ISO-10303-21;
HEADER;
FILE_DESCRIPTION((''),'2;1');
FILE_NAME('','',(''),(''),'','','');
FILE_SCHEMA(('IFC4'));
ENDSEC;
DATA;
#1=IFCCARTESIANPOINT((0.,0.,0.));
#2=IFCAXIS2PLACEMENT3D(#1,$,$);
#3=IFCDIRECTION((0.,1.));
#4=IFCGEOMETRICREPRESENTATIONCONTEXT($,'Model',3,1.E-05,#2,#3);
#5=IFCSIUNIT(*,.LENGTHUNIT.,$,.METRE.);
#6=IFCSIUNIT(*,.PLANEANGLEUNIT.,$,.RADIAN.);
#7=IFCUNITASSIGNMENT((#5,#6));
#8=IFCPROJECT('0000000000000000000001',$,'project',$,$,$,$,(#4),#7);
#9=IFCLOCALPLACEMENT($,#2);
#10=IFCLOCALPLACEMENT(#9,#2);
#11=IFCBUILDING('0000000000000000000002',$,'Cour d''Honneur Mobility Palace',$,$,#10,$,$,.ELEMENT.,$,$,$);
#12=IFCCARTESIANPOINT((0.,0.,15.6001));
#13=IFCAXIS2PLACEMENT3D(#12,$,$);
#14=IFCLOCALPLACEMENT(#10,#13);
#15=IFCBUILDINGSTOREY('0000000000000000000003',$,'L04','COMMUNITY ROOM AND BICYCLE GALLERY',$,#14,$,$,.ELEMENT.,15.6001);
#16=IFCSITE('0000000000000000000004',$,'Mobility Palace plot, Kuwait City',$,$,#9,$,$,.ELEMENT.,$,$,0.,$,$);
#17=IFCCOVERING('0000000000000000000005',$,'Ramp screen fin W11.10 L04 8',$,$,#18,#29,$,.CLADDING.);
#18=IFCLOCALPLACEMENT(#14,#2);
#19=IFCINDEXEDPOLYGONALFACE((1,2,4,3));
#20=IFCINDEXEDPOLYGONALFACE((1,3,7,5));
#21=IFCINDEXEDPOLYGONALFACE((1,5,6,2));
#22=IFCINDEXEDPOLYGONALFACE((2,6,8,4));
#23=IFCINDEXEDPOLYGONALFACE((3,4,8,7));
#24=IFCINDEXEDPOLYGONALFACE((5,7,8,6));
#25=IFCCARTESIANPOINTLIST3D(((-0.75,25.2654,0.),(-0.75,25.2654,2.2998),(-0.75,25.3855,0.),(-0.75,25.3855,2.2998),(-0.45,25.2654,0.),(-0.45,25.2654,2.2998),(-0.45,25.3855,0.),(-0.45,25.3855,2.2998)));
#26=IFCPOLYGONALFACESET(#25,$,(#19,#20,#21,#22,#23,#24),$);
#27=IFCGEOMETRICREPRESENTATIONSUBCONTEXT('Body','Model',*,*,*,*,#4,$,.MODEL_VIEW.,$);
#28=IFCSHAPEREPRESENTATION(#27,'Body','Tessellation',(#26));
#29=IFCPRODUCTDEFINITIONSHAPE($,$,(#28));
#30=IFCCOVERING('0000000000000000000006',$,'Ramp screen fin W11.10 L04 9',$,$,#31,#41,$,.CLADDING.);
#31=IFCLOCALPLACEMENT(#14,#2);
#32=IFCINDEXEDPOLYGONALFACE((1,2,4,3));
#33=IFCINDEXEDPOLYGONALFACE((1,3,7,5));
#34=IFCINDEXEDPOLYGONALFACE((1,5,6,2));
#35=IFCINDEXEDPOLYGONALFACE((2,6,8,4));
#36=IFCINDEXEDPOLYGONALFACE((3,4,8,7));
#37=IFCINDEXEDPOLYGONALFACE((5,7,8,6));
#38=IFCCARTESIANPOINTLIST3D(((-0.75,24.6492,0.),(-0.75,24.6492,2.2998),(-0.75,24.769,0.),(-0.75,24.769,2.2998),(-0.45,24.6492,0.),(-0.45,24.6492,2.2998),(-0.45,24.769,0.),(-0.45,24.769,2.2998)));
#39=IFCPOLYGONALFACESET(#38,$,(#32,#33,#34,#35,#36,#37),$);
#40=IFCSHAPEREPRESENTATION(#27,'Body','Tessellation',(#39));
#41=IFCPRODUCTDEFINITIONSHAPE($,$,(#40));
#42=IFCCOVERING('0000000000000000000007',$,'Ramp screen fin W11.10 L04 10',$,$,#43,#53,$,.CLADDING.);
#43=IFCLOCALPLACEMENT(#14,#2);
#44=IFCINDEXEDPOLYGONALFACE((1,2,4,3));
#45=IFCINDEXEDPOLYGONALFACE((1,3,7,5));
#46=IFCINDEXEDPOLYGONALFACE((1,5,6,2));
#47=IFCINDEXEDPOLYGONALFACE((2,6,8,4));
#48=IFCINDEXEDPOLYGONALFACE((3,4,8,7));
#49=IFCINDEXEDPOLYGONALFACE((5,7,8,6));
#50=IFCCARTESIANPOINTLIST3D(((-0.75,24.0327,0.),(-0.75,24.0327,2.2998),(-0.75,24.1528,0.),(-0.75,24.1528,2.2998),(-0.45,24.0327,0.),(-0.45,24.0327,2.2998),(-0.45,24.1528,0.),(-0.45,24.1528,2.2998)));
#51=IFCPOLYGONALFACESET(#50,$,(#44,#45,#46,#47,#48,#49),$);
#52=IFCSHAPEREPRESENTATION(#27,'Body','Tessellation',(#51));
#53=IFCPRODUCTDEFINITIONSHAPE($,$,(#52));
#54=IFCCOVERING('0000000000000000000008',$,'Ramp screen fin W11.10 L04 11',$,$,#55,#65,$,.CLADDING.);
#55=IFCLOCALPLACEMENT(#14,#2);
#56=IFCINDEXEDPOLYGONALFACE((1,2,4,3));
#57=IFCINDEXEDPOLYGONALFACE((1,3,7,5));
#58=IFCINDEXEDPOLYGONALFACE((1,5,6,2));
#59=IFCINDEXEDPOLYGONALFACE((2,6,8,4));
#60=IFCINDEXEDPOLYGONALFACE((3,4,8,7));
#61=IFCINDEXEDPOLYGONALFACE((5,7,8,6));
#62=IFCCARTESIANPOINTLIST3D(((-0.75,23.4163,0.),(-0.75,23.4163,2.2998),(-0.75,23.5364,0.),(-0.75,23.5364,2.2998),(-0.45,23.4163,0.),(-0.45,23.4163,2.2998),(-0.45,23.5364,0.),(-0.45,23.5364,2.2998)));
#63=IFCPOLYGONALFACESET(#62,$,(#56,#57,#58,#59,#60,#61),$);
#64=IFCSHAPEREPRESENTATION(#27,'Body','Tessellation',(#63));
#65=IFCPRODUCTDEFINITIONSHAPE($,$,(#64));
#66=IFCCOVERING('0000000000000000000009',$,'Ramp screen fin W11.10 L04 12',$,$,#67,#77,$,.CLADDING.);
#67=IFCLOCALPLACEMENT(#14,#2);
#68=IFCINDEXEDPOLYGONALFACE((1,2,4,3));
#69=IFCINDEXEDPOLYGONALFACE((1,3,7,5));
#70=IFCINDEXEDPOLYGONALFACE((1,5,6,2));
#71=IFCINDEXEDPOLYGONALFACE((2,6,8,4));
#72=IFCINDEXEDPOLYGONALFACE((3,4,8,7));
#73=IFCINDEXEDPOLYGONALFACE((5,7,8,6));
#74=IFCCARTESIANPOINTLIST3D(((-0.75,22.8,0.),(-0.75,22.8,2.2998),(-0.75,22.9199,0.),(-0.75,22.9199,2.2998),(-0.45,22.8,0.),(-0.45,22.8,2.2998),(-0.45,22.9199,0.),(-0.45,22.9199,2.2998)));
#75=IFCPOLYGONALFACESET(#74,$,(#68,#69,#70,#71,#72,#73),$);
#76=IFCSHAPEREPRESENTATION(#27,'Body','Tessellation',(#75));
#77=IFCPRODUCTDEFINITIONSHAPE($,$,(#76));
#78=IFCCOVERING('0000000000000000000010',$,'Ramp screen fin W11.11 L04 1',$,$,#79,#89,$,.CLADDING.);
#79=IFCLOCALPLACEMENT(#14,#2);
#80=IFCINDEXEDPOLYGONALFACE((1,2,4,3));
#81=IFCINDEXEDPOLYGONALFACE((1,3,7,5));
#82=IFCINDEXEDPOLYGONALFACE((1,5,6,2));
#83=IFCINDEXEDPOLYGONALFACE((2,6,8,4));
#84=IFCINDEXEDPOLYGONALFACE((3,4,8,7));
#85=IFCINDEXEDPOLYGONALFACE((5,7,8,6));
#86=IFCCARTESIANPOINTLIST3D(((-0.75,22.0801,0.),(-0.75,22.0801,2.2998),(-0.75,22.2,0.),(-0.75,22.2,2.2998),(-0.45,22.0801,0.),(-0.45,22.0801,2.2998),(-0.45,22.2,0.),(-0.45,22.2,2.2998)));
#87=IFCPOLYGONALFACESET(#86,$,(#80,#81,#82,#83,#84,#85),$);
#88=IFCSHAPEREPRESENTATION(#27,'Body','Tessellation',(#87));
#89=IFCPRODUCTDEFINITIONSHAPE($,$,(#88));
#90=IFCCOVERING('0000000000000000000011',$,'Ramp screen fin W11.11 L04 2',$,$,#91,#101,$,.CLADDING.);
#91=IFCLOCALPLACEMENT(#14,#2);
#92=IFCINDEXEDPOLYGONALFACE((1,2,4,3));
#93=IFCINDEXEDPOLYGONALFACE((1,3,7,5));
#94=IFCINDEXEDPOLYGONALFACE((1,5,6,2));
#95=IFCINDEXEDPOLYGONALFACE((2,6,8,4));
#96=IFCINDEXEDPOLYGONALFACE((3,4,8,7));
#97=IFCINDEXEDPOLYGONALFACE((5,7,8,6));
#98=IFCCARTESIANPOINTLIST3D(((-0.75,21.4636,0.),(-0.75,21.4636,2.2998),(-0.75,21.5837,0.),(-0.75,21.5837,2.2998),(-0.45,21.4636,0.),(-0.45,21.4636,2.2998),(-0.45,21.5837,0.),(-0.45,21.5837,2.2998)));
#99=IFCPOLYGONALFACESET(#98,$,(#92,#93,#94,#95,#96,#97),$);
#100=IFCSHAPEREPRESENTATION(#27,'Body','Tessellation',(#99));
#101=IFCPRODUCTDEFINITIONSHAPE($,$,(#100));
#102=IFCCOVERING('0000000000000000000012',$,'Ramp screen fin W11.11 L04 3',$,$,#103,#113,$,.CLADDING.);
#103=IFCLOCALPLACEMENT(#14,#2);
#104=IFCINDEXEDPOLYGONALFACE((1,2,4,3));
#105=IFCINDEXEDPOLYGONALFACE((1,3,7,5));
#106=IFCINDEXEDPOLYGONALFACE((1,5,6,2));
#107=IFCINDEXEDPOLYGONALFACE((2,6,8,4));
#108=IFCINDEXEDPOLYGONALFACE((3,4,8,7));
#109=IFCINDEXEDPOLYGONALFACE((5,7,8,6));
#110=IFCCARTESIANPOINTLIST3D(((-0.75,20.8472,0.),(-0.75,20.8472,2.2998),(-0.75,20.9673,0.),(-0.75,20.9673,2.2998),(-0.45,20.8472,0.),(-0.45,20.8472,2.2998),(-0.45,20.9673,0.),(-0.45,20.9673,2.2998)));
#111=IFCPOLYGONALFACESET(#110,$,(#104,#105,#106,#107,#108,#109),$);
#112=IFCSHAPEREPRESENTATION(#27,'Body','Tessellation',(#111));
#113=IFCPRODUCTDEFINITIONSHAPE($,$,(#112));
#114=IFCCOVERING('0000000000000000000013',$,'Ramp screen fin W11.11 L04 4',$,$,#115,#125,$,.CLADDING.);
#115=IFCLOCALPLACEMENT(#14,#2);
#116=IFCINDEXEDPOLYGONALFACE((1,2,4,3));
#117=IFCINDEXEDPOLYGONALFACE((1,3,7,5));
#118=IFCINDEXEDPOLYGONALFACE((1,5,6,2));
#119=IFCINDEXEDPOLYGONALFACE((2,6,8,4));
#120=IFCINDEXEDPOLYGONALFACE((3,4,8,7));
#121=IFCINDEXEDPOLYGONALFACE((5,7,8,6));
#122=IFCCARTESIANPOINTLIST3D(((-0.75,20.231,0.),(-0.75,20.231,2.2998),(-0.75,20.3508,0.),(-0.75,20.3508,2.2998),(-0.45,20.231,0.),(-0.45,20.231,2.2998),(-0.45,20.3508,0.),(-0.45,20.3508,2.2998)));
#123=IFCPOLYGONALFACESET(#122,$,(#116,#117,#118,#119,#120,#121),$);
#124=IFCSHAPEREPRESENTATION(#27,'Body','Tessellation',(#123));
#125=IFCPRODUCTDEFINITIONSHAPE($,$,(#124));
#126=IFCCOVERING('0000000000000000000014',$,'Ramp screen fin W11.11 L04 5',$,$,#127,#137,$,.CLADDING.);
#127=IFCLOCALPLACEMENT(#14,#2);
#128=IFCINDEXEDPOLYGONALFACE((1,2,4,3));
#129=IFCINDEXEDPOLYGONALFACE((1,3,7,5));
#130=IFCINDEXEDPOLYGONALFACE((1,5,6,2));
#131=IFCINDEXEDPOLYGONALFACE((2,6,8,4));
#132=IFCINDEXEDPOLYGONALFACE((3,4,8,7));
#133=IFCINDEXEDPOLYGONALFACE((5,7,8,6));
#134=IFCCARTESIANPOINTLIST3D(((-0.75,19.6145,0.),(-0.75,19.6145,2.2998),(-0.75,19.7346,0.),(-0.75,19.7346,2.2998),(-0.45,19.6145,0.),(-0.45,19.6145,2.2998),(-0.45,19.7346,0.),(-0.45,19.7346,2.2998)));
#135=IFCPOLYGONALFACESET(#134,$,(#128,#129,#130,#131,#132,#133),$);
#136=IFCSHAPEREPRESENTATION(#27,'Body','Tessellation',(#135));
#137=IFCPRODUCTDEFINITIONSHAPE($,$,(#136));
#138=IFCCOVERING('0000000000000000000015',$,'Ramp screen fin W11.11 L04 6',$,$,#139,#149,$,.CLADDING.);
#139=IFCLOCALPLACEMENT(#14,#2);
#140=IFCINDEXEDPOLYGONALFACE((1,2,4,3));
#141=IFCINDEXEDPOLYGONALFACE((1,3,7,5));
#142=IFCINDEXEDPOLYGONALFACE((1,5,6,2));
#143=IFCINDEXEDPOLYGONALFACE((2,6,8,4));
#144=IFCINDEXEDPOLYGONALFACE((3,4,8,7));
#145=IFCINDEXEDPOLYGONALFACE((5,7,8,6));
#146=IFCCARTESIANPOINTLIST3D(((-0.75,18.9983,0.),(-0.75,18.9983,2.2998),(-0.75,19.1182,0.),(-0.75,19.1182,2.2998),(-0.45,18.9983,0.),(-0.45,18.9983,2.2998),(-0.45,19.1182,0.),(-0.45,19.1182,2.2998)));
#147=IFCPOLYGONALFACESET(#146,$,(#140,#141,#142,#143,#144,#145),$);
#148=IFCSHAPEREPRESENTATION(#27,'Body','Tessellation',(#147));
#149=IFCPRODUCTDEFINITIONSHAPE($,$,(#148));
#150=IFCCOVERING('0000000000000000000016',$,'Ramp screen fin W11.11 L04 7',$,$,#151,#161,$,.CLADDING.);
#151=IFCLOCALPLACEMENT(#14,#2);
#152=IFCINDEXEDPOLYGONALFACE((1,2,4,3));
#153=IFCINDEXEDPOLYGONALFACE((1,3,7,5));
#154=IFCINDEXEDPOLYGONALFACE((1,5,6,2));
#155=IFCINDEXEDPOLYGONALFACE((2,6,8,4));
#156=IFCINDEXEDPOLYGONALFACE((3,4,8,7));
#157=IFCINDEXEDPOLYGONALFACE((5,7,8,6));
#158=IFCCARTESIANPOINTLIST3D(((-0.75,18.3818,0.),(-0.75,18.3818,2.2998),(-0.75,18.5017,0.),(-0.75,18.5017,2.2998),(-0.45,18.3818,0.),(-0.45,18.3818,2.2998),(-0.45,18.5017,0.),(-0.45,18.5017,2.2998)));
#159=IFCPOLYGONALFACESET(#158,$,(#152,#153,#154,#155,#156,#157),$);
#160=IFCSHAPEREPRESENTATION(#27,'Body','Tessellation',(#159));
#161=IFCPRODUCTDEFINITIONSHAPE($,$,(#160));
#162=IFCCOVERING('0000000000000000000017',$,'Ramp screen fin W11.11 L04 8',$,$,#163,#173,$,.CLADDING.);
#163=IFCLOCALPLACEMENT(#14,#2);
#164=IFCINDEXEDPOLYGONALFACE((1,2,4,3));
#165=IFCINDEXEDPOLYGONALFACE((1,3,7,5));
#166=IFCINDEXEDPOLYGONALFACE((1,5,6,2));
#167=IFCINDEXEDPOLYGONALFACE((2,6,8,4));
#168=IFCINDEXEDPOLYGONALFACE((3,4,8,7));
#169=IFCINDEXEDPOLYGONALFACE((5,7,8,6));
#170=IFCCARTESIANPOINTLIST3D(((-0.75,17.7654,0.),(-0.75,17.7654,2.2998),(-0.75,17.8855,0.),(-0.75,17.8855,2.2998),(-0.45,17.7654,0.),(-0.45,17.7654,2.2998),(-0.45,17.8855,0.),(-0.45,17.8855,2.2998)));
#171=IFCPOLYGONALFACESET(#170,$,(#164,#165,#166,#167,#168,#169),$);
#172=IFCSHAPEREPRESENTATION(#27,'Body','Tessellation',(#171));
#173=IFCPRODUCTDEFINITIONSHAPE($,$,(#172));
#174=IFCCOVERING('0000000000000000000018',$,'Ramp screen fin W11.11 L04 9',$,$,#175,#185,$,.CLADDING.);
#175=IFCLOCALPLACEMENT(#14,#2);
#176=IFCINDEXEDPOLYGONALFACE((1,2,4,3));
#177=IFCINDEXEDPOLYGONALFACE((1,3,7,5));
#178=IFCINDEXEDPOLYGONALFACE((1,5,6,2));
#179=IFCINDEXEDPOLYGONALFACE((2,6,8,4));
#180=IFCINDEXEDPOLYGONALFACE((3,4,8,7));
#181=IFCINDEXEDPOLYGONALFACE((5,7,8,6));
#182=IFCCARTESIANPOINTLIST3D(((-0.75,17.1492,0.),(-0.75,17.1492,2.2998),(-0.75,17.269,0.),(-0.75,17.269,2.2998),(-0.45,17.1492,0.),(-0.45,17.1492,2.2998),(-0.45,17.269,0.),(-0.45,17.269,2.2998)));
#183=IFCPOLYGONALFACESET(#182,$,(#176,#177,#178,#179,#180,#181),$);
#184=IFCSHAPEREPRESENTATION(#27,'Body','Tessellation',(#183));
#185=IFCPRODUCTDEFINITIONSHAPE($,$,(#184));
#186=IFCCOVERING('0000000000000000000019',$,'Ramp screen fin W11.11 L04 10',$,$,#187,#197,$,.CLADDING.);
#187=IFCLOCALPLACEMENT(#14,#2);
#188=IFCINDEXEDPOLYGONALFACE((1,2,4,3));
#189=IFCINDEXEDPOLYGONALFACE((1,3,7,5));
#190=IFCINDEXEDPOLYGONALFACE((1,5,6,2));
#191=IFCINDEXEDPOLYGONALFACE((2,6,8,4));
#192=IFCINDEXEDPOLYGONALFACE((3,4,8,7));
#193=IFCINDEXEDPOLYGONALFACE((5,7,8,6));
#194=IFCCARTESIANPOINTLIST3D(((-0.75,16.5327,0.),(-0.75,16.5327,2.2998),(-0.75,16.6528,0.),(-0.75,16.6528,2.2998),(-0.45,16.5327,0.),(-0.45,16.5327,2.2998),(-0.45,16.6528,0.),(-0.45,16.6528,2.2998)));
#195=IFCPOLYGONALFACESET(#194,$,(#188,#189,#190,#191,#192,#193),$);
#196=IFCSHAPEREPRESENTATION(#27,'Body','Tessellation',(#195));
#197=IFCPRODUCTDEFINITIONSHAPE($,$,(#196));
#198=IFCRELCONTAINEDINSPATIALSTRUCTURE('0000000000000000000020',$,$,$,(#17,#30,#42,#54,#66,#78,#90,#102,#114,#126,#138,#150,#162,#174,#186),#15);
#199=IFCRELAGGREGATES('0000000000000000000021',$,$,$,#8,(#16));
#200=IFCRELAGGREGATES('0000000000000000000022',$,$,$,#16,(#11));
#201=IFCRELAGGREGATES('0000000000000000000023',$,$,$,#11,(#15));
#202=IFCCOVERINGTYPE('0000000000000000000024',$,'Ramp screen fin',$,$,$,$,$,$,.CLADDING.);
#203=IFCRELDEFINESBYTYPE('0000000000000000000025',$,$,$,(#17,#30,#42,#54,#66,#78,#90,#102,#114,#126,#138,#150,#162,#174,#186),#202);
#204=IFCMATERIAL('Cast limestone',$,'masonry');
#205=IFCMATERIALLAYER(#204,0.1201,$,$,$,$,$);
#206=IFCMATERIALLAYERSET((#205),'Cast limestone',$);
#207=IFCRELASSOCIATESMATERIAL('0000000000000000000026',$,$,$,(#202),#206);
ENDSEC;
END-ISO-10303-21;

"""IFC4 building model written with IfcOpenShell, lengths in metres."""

from ifc_helpers import new_model, si_unit, direction, frame, origin, place, context, subcontext, project, spatial, polyline, outline, extrude, material, layer, layer_set, type_object, element, save


model = new_model("IFC4")

# Units and contexts
model_context = context("Model", 3, precision=1e-05, world=origin(), true_north=direction((0.0, 1.0)))
body_context = subcontext(model_context, "Body", "Model", "MODEL_VIEW")
ifc_project = project(units=[si_unit("LENGTHUNIT", "METRE"), si_unit("PLANEANGLEUNIT", "RADIAN")], contexts=[model_context])

# Site, building, storey
site_placement = place(None, origin())
site = spatial("IfcSite", under=ifc_project, at=site_placement, Name="Mobility Palace plot, Kuwait City", CompositionType="ELEMENT", RefElevation=0.0)
building_placement = place(site_placement, origin())
building = spatial("IfcBuilding", under=site, at=building_placement, Name="Cour d'Honneur Mobility Palace", CompositionType="ELEMENT")
storey_placement = place(building_placement, frame((0.0, 0.0, 15.6001)))
storey = spatial("IfcBuildingStorey", under=building, at=storey_placement, Name="L04", Description="COMMUNITY ROOM AND BICYCLE GALLERY", CompositionType="ELEMENT", Elevation=15.6001)

# Coverings
ifc_material = material(Name="Cast limestone", Category="masonry")
ifc_layer = layer(ifc_material, 0.1201)
ifc_layer_set = layer_set([ifc_layer], Name="Cast limestone")
covering_type = type_object("IfcCoveringType", Name="Ramp screen fin", PredefinedType="CLADDING", material=ifc_layer_set)
covering_1_placement = place(storey_placement, origin())
element("IfcCovering", 1, at=covering_1_placement, inside=storey, type_object=covering_type, Name="Ramp screen fin W11.10 L04 8", PredefinedType="CLADDING", context=body_context, shape_type="SweptSolid", body=[
    extrude(outline(polyline([(-0.45, 25.3855), (-0.45, 25.2654), (-0.75, 25.2654), (-0.75, 25.3855), (-0.45, 25.3855)])), origin(), (0.0, 0.0, 1.0), 2.2998),
])
covering_2_placement = place(storey_placement, origin())
element("IfcCovering", 2, at=covering_2_placement, inside=storey, type_object=covering_type, Name="Ramp screen fin W11.10 L04 9", PredefinedType="CLADDING", context=body_context, shape_type="SweptSolid", body=[
    extrude(outline(polyline([(-0.45, 24.769), (-0.45, 24.6492), (-0.75, 24.6492), (-0.75, 24.769), (-0.45, 24.769)])), origin(), (0.0, 0.0, 1.0), 2.2998),
])
covering_3_placement = place(storey_placement, origin())
element("IfcCovering", 3, at=covering_3_placement, inside=storey, type_object=covering_type, Name="Ramp screen fin W11.10 L04 10", PredefinedType="CLADDING", context=body_context, shape_type="SweptSolid", body=[
    extrude(outline(polyline([(-0.45, 24.1528), (-0.45, 24.0327), (-0.75, 24.0327), (-0.75, 24.1528), (-0.45, 24.1528)])), origin(), (0.0, 0.0, 1.0), 2.2998),
])
covering_4_placement = place(storey_placement, origin())
element("IfcCovering", 4, at=covering_4_placement, inside=storey, type_object=covering_type, Name="Ramp screen fin W11.10 L04 11", PredefinedType="CLADDING", context=body_context, shape_type="SweptSolid", body=[
    extrude(outline(polyline([(-0.45, 23.5364), (-0.45, 23.4163), (-0.75, 23.4163), (-0.75, 23.5364), (-0.45, 23.5364)])), origin(), (0.0, 0.0, 1.0), 2.2998),
])
covering_5_placement = place(storey_placement, origin())
element("IfcCovering", 5, at=covering_5_placement, inside=storey, type_object=covering_type, Name="Ramp screen fin W11.10 L04 12", PredefinedType="CLADDING", context=body_context, shape_type="SweptSolid", body=[
    extrude(outline(polyline([(-0.45, 22.9199), (-0.45, 22.8), (-0.75, 22.8), (-0.75, 22.9199), (-0.45, 22.9199)])), origin(), (0.0, 0.0, 1.0), 2.2998),
])
covering_6_placement = place(storey_placement, origin())
element("IfcCovering", 6, at=covering_6_placement, inside=storey, type_object=covering_type, Name="Ramp screen fin W11.11 L04 1", PredefinedType="CLADDING", context=body_context, shape_type="SweptSolid", body=[
    extrude(outline(polyline([(-0.45, 22.2), (-0.45, 22.0801), (-0.75, 22.0801), (-0.75, 22.2), (-0.45, 22.2)])), origin(), (0.0, 0.0, 1.0), 2.2998),
])
covering_7_placement = place(storey_placement, origin())
element("IfcCovering", 7, at=covering_7_placement, inside=storey, type_object=covering_type, Name="Ramp screen fin W11.11 L04 2", PredefinedType="CLADDING", context=body_context, shape_type="SweptSolid", body=[
    extrude(outline(polyline([(-0.45, 21.5837), (-0.45, 21.4636), (-0.75, 21.4636), (-0.75, 21.5837), (-0.45, 21.5837)])), origin(), (0.0, 0.0, 1.0), 2.2998),
])
covering_8_placement = place(storey_placement, origin())
element("IfcCovering", 8, at=covering_8_placement, inside=storey, type_object=covering_type, Name="Ramp screen fin W11.11 L04 3", PredefinedType="CLADDING", context=body_context, shape_type="SweptSolid", body=[
    extrude(outline(polyline([(-0.45, 20.9673), (-0.45, 20.8472), (-0.75, 20.8472), (-0.75, 20.9673), (-0.45, 20.9673)])), origin(), (0.0, 0.0, 1.0), 2.2998),
])
covering_9_placement = place(storey_placement, origin())
element("IfcCovering", 9, at=covering_9_placement, inside=storey, type_object=covering_type, Name="Ramp screen fin W11.11 L04 4", PredefinedType="CLADDING", context=body_context, shape_type="SweptSolid", body=[
    extrude(outline(polyline([(-0.45, 20.3508), (-0.45, 20.231), (-0.75, 20.231), (-0.75, 20.3508), (-0.45, 20.3508)])), origin(), (0.0, 0.0, 1.0), 2.2998),
])
covering_10_placement = place(storey_placement, origin())
element("IfcCovering", 10, at=covering_10_placement, inside=storey, type_object=covering_type, Name="Ramp screen fin W11.11 L04 5", PredefinedType="CLADDING", context=body_context, shape_type="SweptSolid", body=[
    extrude(outline(polyline([(-0.45, 19.7346), (-0.45, 19.6145), (-0.75, 19.6145), (-0.75, 19.7346), (-0.45, 19.7346)])), origin(), (0.0, 0.0, 1.0), 2.2998),
])
covering_11_placement = place(storey_placement, origin())
element("IfcCovering", 11, at=covering_11_placement, inside=storey, type_object=covering_type, Name="Ramp screen fin W11.11 L04 6", PredefinedType="CLADDING", context=body_context, shape_type="SweptSolid", body=[
    extrude(outline(polyline([(-0.45, 19.1182), (-0.45, 18.9983), (-0.75, 18.9983), (-0.75, 19.1182), (-0.45, 19.1182)])), origin(), (0.0, 0.0, 1.0), 2.2998),
])
covering_12_placement = place(storey_placement, origin())
element("IfcCovering", 12, at=covering_12_placement, inside=storey, type_object=covering_type, Name="Ramp screen fin W11.11 L04 7", PredefinedType="CLADDING", context=body_context, shape_type="SweptSolid", body=[
    extrude(outline(polyline([(-0.45, 18.5017), (-0.45, 18.3818), (-0.75, 18.3818), (-0.75, 18.5017), (-0.45, 18.5017)])), origin(), (0.0, 0.0, 1.0), 2.2998),
])
covering_13_placement = place(storey_placement, origin())
element("IfcCovering", 13, at=covering_13_placement, inside=storey, type_object=covering_type, Name="Ramp screen fin W11.11 L04 8", PredefinedType="CLADDING", context=body_context, shape_type="SweptSolid", body=[
    extrude(outline(polyline([(-0.45, 17.8855), (-0.45, 17.7654), (-0.75, 17.7654), (-0.75, 17.8855), (-0.45, 17.8855)])), origin(), (0.0, 0.0, 1.0), 2.2998),
])
covering_14_placement = place(storey_placement, origin())
element("IfcCovering", 14, at=covering_14_placement, inside=storey, type_object=covering_type, Name="Ramp screen fin W11.11 L04 9", PredefinedType="CLADDING", context=body_context, shape_type="SweptSolid", body=[
    extrude(outline(polyline([(-0.45, 17.269), (-0.45, 17.1492), (-0.75, 17.1492), (-0.75, 17.269), (-0.45, 17.269)])), origin(), (0.0, 0.0, 1.0), 2.2998),
])
covering_15_placement = place(storey_placement, origin())
element("IfcCovering", 15, at=covering_15_placement, inside=storey, type_object=covering_type, Name="Ramp screen fin W11.11 L04 10", PredefinedType="CLADDING", context=body_context, shape_type="SweptSolid", body=[
    extrude(outline(polyline([(-0.45, 16.6528), (-0.45, 16.5327), (-0.75, 16.5327), (-0.75, 16.6528), (-0.45, 16.6528)])), origin(), (0.0, 0.0, 1.0), 2.2998),
])

save(model, "model.ifc")
